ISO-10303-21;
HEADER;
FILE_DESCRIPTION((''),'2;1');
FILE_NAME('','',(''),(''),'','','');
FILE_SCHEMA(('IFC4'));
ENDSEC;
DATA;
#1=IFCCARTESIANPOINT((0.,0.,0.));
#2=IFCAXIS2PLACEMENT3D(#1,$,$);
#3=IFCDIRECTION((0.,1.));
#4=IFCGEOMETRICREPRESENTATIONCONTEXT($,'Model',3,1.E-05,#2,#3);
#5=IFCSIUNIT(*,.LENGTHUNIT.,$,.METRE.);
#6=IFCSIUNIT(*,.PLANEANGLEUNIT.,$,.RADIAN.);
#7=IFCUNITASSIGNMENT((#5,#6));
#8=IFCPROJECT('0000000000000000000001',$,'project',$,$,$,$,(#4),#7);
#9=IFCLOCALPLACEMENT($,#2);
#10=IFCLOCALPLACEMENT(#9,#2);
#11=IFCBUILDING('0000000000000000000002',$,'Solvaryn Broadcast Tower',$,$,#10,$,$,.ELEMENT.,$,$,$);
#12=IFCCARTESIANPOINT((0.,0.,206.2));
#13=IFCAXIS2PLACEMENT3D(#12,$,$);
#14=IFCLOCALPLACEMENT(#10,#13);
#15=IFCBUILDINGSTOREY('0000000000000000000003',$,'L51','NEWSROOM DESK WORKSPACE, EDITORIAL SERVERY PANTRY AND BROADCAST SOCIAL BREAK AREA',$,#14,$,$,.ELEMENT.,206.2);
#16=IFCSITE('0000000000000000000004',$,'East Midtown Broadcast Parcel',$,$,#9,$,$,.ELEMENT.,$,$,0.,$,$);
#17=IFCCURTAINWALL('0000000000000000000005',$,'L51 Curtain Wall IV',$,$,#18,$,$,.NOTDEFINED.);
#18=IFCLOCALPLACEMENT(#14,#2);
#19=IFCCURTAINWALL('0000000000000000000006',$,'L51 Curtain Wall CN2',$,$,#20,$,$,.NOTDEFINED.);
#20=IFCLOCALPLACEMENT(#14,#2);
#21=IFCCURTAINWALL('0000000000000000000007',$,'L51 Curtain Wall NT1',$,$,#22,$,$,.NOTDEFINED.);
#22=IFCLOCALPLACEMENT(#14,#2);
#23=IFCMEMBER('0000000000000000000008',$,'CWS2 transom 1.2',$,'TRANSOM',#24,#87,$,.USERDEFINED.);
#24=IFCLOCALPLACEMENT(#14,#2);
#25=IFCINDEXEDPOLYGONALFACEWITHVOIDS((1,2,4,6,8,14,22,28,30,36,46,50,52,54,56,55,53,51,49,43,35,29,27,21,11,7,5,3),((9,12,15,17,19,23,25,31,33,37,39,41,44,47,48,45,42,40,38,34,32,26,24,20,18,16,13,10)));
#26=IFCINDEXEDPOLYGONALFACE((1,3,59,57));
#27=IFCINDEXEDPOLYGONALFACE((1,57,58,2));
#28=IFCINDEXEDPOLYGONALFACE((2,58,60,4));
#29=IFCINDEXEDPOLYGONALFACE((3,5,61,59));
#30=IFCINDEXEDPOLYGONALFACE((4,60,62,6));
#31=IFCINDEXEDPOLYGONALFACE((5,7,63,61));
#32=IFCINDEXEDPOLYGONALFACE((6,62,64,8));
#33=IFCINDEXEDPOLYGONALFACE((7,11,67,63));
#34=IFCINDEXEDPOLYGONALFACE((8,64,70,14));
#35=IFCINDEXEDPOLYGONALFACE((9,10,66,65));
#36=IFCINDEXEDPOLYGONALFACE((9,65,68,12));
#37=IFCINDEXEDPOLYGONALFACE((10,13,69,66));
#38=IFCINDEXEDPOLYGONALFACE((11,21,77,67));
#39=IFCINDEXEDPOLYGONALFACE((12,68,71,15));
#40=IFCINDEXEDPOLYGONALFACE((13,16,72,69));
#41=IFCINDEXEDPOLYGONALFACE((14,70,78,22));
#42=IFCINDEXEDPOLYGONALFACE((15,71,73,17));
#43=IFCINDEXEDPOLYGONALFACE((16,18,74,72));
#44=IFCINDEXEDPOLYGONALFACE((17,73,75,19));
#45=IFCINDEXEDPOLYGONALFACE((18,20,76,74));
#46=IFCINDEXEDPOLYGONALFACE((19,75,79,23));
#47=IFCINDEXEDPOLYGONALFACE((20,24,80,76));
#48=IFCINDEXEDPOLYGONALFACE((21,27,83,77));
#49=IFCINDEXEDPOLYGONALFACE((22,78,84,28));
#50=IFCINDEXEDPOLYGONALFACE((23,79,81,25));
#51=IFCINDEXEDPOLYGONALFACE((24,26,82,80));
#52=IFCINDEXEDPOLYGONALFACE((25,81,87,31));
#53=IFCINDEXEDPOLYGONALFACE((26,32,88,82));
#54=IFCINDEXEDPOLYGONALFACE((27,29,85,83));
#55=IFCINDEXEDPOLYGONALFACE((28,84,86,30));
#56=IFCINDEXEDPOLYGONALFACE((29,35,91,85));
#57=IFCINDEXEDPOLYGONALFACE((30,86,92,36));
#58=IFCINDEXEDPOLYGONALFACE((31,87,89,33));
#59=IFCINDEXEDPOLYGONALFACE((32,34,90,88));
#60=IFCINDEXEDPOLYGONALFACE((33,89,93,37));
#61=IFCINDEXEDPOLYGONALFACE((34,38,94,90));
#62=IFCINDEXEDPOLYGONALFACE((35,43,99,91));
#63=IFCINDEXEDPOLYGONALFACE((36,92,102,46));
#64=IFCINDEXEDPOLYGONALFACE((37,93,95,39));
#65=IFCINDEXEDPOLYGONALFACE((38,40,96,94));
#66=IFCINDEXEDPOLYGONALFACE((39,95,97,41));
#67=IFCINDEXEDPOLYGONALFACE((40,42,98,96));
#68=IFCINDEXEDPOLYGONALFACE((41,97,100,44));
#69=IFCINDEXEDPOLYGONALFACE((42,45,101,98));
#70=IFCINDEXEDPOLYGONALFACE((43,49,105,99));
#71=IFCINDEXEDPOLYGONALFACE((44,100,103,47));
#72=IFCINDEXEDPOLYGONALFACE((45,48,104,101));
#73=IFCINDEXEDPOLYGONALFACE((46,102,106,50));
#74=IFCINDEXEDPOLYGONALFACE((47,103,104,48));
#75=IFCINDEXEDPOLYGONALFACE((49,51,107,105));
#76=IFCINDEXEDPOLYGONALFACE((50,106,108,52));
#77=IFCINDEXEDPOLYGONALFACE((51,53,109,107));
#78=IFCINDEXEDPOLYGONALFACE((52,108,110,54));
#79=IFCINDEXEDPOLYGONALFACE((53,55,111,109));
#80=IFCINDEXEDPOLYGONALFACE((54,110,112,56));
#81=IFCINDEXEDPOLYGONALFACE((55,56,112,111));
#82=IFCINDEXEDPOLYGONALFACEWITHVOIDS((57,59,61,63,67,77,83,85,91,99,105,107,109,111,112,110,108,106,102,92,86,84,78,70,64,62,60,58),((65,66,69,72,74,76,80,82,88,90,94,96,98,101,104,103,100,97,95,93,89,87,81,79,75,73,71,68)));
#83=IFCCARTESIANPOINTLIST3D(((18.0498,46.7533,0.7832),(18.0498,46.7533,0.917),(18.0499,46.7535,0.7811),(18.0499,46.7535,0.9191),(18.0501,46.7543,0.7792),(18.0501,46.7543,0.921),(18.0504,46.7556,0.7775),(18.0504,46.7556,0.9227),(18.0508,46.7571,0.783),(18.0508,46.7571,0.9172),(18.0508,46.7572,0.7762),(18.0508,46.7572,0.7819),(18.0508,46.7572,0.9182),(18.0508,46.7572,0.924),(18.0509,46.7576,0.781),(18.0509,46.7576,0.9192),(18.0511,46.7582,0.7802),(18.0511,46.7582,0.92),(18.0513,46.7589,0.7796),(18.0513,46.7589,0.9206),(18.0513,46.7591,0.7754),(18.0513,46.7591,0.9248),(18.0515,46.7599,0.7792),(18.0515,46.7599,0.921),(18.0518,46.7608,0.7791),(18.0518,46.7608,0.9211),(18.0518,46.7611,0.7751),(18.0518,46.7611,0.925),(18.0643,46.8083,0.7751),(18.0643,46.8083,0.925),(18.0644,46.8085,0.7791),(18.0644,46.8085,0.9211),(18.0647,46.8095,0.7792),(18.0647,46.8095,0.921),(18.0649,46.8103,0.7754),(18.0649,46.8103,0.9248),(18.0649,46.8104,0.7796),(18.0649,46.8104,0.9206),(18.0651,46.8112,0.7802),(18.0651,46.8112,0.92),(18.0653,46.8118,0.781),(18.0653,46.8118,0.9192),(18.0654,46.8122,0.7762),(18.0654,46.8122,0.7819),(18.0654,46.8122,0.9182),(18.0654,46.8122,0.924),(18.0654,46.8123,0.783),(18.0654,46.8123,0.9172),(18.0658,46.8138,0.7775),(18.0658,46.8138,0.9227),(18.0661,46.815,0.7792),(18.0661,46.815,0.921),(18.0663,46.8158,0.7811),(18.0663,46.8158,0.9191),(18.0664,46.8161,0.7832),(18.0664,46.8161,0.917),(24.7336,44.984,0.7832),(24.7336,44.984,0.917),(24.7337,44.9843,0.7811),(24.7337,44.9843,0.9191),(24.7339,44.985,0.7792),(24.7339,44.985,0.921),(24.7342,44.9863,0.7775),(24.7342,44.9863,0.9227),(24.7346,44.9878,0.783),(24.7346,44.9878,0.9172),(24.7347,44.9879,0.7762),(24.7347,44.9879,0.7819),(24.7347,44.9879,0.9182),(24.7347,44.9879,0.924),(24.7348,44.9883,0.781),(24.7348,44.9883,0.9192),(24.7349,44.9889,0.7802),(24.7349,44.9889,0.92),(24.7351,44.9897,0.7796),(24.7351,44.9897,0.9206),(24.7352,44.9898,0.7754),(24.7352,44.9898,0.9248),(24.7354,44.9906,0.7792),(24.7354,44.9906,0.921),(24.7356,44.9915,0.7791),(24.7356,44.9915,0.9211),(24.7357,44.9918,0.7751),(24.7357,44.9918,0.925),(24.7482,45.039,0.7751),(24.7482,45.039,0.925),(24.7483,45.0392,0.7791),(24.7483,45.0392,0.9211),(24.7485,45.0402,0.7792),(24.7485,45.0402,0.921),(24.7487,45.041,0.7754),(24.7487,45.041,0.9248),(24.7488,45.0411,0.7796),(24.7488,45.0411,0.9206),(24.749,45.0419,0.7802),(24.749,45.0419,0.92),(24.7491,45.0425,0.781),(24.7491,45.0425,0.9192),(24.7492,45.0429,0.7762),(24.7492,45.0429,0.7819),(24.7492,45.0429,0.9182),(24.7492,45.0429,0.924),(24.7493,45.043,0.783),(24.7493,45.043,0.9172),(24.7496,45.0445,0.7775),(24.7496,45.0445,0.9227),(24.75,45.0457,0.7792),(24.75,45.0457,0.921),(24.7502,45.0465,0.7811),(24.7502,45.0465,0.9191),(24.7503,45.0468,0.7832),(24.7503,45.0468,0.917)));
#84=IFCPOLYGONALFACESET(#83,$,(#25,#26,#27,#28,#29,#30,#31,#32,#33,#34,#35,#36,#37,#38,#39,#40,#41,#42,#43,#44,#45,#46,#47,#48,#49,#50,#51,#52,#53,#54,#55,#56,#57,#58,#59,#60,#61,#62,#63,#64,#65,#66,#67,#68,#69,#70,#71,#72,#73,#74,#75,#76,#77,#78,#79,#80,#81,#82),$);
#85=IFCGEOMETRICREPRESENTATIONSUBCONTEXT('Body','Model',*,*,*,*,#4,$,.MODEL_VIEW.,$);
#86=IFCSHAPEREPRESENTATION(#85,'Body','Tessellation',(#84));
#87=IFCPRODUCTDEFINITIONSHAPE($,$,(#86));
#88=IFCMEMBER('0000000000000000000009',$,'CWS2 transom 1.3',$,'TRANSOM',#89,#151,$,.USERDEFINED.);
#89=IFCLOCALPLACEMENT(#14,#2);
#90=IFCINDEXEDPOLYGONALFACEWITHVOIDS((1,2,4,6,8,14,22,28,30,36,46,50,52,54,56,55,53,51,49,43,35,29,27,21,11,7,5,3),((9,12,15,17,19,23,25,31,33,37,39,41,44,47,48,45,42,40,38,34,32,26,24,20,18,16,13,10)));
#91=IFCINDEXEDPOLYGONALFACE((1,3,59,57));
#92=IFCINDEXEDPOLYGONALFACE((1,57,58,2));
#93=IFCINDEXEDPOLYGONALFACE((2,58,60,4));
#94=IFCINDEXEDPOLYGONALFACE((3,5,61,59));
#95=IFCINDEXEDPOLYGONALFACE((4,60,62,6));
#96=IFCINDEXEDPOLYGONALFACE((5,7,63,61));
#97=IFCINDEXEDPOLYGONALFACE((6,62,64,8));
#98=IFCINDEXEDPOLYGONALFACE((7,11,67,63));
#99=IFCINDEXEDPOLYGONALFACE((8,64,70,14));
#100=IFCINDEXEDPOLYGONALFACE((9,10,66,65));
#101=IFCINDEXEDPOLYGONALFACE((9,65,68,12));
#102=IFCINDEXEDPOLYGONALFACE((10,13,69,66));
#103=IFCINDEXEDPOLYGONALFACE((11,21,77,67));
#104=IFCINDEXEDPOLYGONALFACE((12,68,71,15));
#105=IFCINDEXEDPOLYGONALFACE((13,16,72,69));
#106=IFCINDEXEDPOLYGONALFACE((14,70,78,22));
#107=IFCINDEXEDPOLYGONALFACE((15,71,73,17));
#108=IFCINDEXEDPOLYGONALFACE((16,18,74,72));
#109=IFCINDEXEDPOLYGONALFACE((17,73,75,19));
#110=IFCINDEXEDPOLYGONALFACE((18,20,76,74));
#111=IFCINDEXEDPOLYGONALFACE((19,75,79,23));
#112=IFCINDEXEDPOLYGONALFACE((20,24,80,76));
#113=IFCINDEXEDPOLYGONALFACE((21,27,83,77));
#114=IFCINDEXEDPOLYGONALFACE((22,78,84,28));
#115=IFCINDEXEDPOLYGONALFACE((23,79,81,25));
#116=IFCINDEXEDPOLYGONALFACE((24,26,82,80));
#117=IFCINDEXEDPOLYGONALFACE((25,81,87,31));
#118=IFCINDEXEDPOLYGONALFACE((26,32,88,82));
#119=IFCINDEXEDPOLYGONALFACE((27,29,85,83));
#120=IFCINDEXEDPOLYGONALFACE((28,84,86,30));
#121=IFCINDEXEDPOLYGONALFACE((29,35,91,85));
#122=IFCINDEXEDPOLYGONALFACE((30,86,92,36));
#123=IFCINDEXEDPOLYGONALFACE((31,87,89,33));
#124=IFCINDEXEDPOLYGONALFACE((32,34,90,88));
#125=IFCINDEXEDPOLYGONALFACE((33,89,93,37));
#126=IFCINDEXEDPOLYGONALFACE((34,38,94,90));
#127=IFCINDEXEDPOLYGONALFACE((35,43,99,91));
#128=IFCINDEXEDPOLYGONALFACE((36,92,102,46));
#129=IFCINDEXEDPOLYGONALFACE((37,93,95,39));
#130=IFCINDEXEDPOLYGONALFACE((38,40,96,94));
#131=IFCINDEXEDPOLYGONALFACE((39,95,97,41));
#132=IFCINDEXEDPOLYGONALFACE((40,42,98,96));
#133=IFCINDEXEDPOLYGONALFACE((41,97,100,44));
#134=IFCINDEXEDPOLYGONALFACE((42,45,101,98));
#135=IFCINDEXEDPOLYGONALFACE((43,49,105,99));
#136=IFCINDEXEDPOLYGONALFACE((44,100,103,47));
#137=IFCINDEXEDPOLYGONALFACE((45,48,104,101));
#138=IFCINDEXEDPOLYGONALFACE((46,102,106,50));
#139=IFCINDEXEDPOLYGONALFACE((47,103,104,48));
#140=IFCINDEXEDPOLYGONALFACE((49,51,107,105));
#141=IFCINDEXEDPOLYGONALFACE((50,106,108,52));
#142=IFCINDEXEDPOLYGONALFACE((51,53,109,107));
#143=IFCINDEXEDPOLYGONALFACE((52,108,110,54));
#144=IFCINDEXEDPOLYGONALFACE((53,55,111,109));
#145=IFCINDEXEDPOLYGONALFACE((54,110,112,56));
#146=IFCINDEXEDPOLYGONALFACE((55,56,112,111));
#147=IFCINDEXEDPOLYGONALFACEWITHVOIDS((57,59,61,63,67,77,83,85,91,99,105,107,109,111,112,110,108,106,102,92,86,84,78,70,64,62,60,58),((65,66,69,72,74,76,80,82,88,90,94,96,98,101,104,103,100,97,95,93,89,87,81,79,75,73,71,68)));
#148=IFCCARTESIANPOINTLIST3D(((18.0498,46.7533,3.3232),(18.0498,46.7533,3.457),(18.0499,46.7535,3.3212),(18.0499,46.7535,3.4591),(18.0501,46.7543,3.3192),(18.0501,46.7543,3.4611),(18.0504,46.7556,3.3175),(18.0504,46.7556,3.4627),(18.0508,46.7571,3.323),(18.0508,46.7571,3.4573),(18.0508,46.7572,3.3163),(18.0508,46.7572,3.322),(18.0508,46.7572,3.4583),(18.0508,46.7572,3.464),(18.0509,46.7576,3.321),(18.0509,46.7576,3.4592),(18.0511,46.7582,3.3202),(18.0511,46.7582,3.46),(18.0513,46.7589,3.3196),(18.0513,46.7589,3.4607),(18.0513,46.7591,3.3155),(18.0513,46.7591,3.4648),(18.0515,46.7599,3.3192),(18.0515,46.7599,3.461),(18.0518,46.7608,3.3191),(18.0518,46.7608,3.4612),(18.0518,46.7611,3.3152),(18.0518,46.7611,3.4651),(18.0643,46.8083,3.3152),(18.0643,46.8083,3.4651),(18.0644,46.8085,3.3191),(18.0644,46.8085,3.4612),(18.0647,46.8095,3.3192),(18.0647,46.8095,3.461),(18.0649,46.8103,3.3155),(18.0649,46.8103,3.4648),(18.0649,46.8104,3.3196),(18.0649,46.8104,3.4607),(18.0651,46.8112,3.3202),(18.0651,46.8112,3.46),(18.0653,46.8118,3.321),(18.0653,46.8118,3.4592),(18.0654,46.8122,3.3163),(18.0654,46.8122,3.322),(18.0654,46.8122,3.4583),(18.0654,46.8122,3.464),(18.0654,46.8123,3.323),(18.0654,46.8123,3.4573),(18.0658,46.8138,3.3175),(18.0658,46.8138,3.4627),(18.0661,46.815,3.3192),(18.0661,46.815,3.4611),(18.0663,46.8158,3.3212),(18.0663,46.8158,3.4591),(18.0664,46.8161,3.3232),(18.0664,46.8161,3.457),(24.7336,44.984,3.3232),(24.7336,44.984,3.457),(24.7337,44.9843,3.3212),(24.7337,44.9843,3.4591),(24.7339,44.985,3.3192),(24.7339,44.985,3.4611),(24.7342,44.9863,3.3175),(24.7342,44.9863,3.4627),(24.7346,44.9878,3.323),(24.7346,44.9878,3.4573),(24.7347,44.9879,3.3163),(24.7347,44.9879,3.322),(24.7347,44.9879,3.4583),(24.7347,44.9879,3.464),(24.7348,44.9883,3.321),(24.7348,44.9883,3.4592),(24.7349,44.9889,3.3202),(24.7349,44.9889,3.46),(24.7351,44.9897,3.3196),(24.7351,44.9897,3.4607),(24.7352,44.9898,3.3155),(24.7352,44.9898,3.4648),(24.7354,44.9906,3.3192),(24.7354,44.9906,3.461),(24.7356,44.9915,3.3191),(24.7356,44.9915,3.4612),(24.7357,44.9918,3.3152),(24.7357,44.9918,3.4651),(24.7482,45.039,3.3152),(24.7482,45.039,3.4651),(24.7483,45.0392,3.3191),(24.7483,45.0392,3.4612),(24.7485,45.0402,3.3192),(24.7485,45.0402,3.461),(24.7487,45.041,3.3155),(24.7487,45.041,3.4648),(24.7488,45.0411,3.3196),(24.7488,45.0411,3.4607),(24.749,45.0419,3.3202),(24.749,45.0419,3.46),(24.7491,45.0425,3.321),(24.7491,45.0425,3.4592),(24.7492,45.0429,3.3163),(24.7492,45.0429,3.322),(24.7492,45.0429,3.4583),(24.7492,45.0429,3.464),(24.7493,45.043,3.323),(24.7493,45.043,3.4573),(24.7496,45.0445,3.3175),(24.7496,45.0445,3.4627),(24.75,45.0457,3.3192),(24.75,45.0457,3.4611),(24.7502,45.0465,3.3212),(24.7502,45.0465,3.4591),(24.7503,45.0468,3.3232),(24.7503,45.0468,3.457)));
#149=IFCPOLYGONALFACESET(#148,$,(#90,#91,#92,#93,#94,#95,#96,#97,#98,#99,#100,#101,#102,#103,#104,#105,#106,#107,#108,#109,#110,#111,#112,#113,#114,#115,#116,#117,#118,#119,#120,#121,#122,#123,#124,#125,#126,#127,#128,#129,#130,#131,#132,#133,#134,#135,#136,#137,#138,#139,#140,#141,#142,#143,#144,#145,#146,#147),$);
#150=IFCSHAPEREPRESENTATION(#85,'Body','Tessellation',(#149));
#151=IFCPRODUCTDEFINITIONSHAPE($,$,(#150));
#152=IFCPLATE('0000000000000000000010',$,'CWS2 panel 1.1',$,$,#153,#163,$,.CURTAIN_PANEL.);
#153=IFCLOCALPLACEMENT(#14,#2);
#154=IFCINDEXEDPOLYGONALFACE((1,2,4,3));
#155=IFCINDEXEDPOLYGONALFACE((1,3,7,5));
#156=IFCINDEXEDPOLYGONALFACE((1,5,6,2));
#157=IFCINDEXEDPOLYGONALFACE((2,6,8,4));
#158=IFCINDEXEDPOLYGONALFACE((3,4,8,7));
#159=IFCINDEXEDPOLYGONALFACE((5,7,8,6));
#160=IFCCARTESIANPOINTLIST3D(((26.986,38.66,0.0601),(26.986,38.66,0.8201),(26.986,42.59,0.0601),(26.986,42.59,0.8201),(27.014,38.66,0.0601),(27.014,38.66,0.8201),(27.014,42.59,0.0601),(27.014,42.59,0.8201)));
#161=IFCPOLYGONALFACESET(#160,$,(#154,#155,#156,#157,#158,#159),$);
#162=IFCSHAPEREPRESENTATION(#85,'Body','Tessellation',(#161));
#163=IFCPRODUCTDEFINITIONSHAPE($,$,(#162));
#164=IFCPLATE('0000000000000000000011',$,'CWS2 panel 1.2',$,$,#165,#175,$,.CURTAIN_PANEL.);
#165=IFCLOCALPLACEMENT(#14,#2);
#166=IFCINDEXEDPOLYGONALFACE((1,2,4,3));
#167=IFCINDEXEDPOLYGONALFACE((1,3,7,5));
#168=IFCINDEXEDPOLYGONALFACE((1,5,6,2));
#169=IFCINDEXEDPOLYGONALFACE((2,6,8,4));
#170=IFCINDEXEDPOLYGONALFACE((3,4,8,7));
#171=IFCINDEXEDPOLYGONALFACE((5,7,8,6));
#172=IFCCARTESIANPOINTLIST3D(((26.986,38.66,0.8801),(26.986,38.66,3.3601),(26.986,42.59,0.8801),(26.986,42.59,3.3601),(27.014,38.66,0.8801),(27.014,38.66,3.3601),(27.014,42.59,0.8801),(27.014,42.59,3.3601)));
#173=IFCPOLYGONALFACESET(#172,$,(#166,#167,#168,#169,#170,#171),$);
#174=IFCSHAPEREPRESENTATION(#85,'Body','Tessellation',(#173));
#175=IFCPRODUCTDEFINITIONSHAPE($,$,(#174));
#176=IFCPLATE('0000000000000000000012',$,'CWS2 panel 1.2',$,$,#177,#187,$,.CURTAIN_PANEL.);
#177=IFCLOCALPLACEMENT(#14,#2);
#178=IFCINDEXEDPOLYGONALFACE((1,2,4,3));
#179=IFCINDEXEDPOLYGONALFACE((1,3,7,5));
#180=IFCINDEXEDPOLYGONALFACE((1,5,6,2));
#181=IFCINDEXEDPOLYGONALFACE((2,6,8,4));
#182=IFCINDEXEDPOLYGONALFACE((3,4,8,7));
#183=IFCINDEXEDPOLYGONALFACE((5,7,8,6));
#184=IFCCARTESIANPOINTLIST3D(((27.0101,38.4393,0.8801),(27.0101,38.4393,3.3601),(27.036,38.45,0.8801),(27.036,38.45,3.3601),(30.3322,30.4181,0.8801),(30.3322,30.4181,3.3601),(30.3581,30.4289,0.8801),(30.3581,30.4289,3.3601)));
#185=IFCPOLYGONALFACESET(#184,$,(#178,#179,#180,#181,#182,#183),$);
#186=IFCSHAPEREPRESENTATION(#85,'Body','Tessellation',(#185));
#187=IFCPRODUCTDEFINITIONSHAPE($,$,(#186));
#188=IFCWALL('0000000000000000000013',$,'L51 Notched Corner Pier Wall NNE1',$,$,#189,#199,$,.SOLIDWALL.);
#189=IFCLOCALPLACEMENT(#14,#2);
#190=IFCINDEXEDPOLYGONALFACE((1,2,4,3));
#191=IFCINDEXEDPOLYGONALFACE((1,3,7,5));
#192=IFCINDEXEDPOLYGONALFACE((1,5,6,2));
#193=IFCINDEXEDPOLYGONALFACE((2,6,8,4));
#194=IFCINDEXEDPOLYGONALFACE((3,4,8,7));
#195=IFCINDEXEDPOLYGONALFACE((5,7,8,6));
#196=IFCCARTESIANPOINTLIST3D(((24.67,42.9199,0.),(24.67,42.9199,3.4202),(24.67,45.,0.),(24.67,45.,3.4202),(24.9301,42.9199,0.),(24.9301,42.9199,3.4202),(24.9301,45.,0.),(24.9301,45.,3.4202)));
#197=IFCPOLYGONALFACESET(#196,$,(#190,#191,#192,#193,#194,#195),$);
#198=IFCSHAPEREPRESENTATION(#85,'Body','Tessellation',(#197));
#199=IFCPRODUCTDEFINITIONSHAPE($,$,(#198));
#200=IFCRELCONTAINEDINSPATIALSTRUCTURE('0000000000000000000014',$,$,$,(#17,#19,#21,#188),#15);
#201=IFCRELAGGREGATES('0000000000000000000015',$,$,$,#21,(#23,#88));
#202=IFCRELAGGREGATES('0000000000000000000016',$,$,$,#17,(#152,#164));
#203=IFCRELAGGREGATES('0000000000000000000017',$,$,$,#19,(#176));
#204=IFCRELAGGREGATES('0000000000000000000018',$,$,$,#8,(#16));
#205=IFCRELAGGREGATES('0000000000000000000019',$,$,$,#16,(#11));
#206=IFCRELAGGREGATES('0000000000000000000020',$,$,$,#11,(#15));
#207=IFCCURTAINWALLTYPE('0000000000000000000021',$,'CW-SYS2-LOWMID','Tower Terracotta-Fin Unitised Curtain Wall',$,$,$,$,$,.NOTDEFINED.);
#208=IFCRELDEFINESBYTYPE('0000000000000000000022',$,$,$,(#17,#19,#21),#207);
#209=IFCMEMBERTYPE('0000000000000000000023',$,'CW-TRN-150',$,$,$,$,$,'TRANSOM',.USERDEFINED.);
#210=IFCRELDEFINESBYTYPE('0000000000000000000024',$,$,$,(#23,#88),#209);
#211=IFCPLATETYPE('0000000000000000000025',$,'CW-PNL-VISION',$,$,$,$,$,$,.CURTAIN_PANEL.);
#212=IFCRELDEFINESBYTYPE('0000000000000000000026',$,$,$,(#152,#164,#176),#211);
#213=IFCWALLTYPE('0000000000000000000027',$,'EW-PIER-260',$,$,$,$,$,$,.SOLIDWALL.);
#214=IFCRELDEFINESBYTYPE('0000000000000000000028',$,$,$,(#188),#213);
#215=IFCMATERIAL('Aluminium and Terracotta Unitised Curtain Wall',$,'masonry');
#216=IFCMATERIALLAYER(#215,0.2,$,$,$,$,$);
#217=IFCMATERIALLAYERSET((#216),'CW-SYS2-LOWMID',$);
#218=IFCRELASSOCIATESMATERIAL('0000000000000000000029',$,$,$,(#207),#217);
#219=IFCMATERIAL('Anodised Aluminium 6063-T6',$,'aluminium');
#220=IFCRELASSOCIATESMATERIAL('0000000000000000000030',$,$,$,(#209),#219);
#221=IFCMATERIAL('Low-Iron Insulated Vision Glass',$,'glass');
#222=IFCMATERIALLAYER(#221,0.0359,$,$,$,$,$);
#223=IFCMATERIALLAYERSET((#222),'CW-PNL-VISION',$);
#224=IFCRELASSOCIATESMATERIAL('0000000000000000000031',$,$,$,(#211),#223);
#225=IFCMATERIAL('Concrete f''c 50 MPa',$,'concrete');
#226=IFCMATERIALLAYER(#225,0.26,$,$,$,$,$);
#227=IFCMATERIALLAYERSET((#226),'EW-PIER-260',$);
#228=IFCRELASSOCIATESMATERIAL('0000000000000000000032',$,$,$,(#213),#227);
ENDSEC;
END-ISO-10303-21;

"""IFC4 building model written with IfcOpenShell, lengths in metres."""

from ifc_helpers import new_model, si_unit, direction, frame, frame_2d, origin, origin_2d, place, context, subcontext, project, spatial, rectangle, hollow_rectangle, extrude, material, layer, layer_set, material_profile, profile_set, type_object, element, aggregate, save


model = new_model("IFC4")

# Units and contexts
model_context = context("Model", 3, precision=1e-05, world=origin(), true_north=direction((0.0, 1.0)))
body_context = subcontext(model_context, "Body", "Model", "MODEL_VIEW")
ifc_project = project(units=[si_unit("LENGTHUNIT", "METRE"), si_unit("PLANEANGLEUNIT", "RADIAN")], contexts=[model_context])

# Site, building, storey
site_placement = place(None, origin())
site = spatial("IfcSite", under=ifc_project, at=site_placement, Name="East Midtown Broadcast Parcel", CompositionType="ELEMENT", RefElevation=0.0)
building_placement = place(site_placement, origin())
building = spatial("IfcBuilding", under=site, at=building_placement, Name="Solvaryn Broadcast Tower", CompositionType="ELEMENT")
storey_placement = place(building_placement, frame((0.0, 0.0, 206.2)))
storey = spatial("IfcBuildingStorey", under=building, at=storey_placement, Name="L51", Description="NEWSROOM DESK WORKSPACE, EDITORIAL SERVERY PANTRY AND BROADCAST SOCIAL BREAK AREA", CompositionType="ELEMENT", Elevation=206.2)

# Curtain wall
ifc_material_1 = material(Name="Aluminium and Terracotta Unitised Curtain Wall", Category="masonry")
ifc_layer_1 = layer(ifc_material_1, 0.2)
ifc_layer_set_1 = layer_set([ifc_layer_1], Name="CW-SYS2-LOWMID")
curtain_wall_type = type_object("IfcCurtainWallType", Name="CW-SYS2-LOWMID", Description="Tower Terracotta-Fin Unitised Curtain Wall", PredefinedType="NOTDEFINED", material=ifc_layer_set_1)
curtain_wall_1_placement = place(storey_placement, origin())
curtain_wall_1 = element("IfcCurtainWall", 1, at=curtain_wall_1_placement, inside=storey, type_object=curtain_wall_type, Name="L51 Curtain Wall IV", PredefinedType="NOTDEFINED")

# Curtain walls
curtain_wall_2_placement = place(storey_placement, origin())
curtain_wall_2 = element("IfcCurtainWall", 2, at=curtain_wall_2_placement, inside=storey, type_object=curtain_wall_type, Name="L51 Curtain Wall CN2", PredefinedType="NOTDEFINED")
curtain_wall_3_placement = place(storey_placement, origin())
curtain_wall_3 = element("IfcCurtainWall", 3, at=curtain_wall_3_placement, inside=storey, type_object=curtain_wall_type, Name="L51 Curtain Wall NT1", PredefinedType="NOTDEFINED")

# Members
ifc_material_2 = material(Name="Anodised Aluminium 6063-T6", Category="aluminium")
ifc_material_profile_1 = material_profile(ifc_material_2, hollow_rectangle(XDim=0.0649, YDim=0.1499, WallThickness=0.0039, InnerFilletRadius=0.0039, OuterFilletRadius=0.0081, at=origin_2d()))
ifc_profile_set_1 = profile_set([ifc_material_profile_1], Name="Anodised Aluminium 6063-T6")
member_type_1 = type_object("IfcMemberType", Name="CW-TRN-150", ElementType="TRANSOM", PredefinedType="USERDEFINED", material=ifc_profile_set_1)
member_1_placement = place(storey_placement, frame((24.7419, 45.0154, 0.8501), z_axis=(-0.966704, 0.255897, 0.0), x_axis=(-0.255897, -0.966704, 0.0)))
member_1 = element("IfcMember", 4, at=member_1_placement, type_object=member_type_1, Name="CWS2 transom 1.2", ObjectType="TRANSOM", PredefinedType="USERDEFINED", context=body_context, shape_type="SweptSolid", body=[
    extrude(hollow_rectangle(XDim=0.0649, YDim=0.1499, WallThickness=0.0039, InnerFilletRadius=0.0039, OuterFilletRadius=0.0081, at=origin_2d()), origin(), (0.0, 0.0, 1.0), 6.9141),
])
member_2_placement = place(storey_placement, frame((24.7419, 45.0154, 3.3901), z_axis=(-0.966704, 0.255897, 0.0), x_axis=(-0.255897, -0.966704, 0.0)))
member_2 = element("IfcMember", 5, at=member_2_placement, type_object=member_type_1, Name="CWS2 transom 1.3", ObjectType="TRANSOM", PredefinedType="USERDEFINED", context=body_context, shape_type="SweptSolid", body=[
    extrude(hollow_rectangle(XDim=0.0649, YDim=0.1499, WallThickness=0.0039, InnerFilletRadius=0.0039, OuterFilletRadius=0.0081, at=origin_2d()), origin(), (0.0, 0.0, 1.0), 6.9141),
])
aggregate(curtain_wall_3, [member_1, member_2])

# Plates
ifc_material_3 = material(Name="Low-Iron Insulated Vision Glass", Category="glass")
ifc_layer_2 = layer(ifc_material_3, 0.0359)
ifc_layer_set_2 = layer_set([ifc_layer_2], Name="CW-PNL-VISION")
plate_type = type_object("IfcPlateType", Name="CW-PNL-VISION", PredefinedType="CURTAIN_PANEL", material=ifc_layer_set_2)
plate_1_placement = place(storey_placement, frame((27.0, 40.625, 0.0601), z_axis=(0.0, 0.0, 1.0), x_axis=(0.0, -1.0, 0.0)))
plate_1 = element("IfcPlate", 6, at=plate_1_placement, type_object=plate_type, Name="CWS2 panel 1.1", PredefinedType="CURTAIN_PANEL", context=body_context, shape_type="SweptSolid", body=[
    extrude(rectangle(XDim=3.9299, YDim=0.0281, at=origin_2d()), origin(), (0.0, 0.0, 1.0), 0.76),
])
plate_2_placement = place(storey_placement, frame((27.0, 40.625, 0.8801), z_axis=(0.0, 0.0, 1.0), x_axis=(0.0, -1.0, 0.0)))
plate_2 = element("IfcPlate", 7, at=plate_2_placement, type_object=plate_type, Name="CWS2 panel 1.2", PredefinedType="CURTAIN_PANEL", context=body_context, shape_type="SweptSolid", body=[
    extrude(rectangle(XDim=3.9299, YDim=0.0281, at=origin_2d()), origin(), (0.0, 0.0, 1.0), 2.48),
])
aggregate(curtain_wall_1, [plate_1, plate_2])
plate_3_placement = place(storey_placement, frame((28.6841, 34.4341, 0.8801), z_axis=(0.0, 0.0, 1.0), x_axis=(-0.382646, 0.923895, 0.0)))
plate_3 = element("IfcPlate", 8, at=plate_3_placement, type_object=plate_type, Name="CWS2 panel 1.2", PredefinedType="CURTAIN_PANEL", context=body_context, shape_type="SweptSolid", body=[
    extrude(rectangle(XDim=8.6819, YDim=0.0281, at=origin_2d()), origin(), (0.0, 0.0, 1.0), 2.48),
])
aggregate(curtain_wall_2, [plate_3])

# Wall
ifc_material_4 = material(Name="Concrete f'c 50 MPa", Category="concrete")
ifc_layer_3 = layer(ifc_material_4, 0.26)
ifc_layer_set_3 = layer_set([ifc_layer_3], Name="EW-PIER-260")
wall_type_1 = type_object("IfcWallType", Name="EW-PIER-260", PredefinedType="SOLIDWALL", material=ifc_layer_set_3)
wall_1_placement = place(storey_placement, frame((24.8, 45.0, 0.0), z_axis=(0.0, 0.0, 1.0), x_axis=(0.0, -1.0, 0.0)))
element("IfcWall", 9, at=wall_1_placement, inside=storey, type_object=wall_type_1, Name="L51 Notched Corner Pier Wall NNE1", PredefinedType="SOLIDWALL", context=body_context, shape_type="SweptSolid", body=[
    extrude(rectangle(XDim=2.0801, YDim=0.26, at=frame_2d((1.04, 0.0))), origin(), (0.0, 0.0, 1.0), 3.4202),
])

save(model, "model.ifc")
